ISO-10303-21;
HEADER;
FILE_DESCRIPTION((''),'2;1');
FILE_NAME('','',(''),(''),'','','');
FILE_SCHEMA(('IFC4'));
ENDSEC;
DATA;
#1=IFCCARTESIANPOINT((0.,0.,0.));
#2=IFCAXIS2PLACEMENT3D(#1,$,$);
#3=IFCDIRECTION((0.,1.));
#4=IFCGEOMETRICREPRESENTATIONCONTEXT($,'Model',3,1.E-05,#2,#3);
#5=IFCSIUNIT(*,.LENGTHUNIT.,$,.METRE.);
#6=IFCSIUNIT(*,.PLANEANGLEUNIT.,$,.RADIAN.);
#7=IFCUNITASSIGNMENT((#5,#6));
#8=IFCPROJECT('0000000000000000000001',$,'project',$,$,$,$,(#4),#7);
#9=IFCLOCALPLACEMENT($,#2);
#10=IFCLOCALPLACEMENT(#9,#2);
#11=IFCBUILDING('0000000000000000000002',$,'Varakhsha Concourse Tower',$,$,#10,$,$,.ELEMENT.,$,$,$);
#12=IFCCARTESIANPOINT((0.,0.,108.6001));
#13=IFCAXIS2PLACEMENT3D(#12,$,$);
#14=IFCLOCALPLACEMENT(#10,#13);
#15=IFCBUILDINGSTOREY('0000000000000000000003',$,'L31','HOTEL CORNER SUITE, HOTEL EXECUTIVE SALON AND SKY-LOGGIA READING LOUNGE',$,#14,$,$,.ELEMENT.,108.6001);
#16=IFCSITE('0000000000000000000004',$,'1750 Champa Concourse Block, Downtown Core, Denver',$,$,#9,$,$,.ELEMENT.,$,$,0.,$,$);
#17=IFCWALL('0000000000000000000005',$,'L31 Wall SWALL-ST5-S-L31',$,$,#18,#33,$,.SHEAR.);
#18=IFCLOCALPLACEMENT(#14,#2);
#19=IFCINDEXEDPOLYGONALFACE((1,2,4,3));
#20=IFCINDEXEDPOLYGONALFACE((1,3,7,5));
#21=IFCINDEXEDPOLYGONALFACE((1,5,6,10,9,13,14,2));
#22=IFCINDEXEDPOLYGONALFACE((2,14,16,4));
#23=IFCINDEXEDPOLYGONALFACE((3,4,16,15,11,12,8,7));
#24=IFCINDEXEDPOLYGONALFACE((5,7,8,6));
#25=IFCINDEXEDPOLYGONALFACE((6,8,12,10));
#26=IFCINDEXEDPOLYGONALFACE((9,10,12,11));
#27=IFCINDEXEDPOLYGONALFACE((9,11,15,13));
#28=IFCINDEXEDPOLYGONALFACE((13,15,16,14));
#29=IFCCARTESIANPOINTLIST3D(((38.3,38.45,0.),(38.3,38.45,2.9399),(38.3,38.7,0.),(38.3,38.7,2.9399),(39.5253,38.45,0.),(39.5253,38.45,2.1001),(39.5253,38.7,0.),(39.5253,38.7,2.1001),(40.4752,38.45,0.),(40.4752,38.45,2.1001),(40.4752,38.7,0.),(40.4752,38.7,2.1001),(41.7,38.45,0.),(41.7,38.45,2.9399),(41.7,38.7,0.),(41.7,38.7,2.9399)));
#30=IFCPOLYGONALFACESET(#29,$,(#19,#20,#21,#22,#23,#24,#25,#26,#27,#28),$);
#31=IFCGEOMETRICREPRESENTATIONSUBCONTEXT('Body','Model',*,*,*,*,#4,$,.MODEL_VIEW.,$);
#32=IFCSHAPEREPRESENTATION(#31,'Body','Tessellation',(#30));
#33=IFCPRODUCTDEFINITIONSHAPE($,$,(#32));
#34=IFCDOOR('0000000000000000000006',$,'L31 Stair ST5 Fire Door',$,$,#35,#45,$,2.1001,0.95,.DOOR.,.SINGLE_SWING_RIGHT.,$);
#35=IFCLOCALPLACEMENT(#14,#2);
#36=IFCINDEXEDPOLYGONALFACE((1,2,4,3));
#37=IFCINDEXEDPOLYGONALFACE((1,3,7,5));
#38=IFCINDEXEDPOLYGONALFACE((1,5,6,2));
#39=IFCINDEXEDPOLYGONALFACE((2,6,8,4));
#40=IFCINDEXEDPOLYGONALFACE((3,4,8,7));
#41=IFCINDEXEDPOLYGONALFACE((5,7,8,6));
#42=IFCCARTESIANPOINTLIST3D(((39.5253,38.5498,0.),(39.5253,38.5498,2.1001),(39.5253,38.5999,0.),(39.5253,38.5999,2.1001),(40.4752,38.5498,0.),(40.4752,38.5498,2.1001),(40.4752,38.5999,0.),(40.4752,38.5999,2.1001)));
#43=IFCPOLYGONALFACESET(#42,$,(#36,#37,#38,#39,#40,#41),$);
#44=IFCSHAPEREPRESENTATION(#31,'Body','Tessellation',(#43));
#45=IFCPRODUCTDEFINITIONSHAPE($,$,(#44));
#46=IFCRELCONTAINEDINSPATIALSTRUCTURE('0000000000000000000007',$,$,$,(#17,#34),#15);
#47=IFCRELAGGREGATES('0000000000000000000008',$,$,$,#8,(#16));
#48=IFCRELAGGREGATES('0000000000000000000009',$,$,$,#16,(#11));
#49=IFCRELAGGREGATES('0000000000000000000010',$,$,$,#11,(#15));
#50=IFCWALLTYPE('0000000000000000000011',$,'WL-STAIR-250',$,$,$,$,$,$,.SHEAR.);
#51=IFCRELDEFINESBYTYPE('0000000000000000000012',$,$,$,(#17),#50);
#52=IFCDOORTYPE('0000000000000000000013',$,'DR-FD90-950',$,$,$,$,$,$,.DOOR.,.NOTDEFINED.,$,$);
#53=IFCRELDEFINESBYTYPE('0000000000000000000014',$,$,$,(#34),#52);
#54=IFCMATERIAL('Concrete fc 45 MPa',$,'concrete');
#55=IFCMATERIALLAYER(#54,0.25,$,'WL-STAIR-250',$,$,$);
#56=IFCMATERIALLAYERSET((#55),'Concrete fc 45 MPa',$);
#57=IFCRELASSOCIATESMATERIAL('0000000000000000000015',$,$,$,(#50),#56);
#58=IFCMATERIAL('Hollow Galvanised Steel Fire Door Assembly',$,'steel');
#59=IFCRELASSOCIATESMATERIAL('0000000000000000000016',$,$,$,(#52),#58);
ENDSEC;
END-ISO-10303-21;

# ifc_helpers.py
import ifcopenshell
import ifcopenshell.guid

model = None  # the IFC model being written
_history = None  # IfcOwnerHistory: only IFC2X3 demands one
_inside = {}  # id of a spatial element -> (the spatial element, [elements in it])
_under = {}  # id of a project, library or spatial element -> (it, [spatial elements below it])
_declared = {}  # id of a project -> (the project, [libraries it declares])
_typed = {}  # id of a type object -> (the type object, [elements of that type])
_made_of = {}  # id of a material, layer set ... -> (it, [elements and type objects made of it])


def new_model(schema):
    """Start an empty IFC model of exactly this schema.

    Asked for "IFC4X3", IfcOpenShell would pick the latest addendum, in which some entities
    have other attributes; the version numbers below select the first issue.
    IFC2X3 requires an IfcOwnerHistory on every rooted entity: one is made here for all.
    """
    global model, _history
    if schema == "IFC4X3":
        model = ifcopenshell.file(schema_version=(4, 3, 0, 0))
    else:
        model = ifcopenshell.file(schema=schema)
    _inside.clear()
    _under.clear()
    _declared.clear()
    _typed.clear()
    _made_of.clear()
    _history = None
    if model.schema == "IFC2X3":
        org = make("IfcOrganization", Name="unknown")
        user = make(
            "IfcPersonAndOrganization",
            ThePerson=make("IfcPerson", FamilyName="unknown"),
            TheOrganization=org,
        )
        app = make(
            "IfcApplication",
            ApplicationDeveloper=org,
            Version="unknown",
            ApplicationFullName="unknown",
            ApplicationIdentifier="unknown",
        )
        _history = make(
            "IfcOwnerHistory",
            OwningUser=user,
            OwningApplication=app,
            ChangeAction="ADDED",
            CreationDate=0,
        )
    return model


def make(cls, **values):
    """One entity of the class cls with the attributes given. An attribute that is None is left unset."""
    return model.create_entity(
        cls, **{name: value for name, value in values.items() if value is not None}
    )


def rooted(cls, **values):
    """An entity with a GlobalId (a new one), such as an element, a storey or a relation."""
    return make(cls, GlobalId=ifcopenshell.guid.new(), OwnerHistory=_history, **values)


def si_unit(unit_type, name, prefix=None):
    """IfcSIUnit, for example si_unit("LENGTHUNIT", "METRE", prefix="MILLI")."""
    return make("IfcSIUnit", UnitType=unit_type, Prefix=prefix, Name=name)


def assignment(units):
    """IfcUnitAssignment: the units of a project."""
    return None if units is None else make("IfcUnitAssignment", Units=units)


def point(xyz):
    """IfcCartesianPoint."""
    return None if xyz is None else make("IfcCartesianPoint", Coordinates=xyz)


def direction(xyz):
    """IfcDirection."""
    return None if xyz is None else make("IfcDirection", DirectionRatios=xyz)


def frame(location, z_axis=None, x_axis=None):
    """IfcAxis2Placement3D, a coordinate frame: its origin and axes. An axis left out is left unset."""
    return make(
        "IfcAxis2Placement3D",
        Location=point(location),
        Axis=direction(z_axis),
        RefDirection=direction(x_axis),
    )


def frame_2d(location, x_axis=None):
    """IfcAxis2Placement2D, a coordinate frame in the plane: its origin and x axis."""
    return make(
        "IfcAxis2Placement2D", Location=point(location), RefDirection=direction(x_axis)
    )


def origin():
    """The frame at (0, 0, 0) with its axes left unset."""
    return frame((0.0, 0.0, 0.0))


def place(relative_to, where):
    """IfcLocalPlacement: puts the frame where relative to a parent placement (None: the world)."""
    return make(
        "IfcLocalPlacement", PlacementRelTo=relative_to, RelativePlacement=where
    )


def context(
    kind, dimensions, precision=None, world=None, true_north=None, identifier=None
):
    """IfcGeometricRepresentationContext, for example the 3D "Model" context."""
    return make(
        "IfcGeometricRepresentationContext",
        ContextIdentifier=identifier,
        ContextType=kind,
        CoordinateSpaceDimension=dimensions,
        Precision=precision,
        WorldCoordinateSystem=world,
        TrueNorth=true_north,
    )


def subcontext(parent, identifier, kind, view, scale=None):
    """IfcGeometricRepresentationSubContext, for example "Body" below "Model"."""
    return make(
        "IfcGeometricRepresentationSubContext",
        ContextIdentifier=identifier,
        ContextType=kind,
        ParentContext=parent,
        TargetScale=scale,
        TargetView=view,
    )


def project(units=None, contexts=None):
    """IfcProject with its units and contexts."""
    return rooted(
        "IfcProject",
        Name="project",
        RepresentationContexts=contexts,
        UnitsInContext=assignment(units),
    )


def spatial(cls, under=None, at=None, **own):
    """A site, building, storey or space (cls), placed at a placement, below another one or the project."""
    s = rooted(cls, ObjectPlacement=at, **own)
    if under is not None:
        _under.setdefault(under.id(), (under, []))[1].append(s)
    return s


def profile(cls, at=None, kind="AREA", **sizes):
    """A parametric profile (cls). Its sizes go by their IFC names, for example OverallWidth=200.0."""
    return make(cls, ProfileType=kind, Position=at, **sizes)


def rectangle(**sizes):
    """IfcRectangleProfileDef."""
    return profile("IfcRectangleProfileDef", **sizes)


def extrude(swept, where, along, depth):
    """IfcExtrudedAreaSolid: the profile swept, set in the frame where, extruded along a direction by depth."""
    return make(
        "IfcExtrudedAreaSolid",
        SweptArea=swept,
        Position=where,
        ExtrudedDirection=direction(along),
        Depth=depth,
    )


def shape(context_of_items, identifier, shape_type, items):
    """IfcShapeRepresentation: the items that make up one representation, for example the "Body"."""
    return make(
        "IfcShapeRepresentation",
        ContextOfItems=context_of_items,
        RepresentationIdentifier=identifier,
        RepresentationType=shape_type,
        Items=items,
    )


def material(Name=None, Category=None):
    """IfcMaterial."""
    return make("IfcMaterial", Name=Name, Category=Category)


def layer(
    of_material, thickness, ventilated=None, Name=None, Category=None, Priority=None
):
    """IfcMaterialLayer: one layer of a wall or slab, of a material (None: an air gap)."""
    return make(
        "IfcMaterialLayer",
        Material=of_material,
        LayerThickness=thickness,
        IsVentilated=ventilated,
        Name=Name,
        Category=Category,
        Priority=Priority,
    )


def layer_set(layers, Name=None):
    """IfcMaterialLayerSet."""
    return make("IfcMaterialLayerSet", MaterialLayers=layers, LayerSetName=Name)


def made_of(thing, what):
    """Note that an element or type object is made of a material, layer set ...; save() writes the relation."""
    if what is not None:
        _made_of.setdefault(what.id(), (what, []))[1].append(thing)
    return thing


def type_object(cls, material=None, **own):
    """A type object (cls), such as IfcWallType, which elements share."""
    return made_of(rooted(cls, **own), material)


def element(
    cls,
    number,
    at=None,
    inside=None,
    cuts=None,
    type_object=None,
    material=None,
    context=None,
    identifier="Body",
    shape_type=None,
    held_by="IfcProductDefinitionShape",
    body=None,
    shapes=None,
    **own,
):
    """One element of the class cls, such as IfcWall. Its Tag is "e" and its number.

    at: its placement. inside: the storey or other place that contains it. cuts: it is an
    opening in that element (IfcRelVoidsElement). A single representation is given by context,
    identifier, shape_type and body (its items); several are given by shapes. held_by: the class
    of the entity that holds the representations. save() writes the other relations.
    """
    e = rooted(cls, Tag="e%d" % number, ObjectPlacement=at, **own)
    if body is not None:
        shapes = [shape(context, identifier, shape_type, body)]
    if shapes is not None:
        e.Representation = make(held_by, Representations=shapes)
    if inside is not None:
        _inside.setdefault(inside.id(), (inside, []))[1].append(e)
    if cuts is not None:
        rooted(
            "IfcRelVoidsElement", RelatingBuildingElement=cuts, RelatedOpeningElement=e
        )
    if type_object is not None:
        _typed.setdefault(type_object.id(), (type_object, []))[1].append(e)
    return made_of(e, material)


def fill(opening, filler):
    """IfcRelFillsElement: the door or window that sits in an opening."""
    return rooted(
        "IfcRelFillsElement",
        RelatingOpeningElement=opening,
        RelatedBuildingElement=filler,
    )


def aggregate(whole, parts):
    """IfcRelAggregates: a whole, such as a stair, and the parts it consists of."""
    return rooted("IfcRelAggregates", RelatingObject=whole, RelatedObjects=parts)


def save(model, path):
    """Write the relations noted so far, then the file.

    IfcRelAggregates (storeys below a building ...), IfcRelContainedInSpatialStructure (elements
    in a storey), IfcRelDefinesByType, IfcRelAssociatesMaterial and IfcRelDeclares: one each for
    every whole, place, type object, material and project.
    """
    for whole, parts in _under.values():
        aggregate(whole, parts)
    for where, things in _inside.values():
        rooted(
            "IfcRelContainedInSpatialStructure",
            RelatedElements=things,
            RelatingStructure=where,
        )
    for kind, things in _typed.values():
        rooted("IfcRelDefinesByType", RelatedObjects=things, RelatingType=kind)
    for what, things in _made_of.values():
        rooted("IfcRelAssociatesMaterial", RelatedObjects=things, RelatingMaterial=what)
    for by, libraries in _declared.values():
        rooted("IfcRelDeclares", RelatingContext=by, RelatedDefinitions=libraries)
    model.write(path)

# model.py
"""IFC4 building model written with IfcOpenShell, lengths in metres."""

from ifc_helpers import new_model, si_unit, direction, frame, frame_2d, origin, place, context, subcontext, project, spatial, rectangle, extrude, material, layer, layer_set, type_object, element, fill, save


model = new_model("IFC4")

# Units and contexts
model_context = context("Model", 3, precision=1e-05, world=origin(), true_north=direction((0.0, 1.0)))
body_context = subcontext(model_context, "Body", "Model", "MODEL_VIEW")
ifc_project = project(units=[si_unit("LENGTHUNIT", "METRE"), si_unit("PLANEANGLEUNIT", "RADIAN")], contexts=[model_context])

# Site, building, storey
site_placement = place(None, origin())
site = spatial("IfcSite", under=ifc_project, at=site_placement, Name="1750 Champa Concourse Block, Downtown Core, Denver", CompositionType="ELEMENT", RefElevation=0.0)
building_placement = place(site_placement, origin())
building = spatial("IfcBuilding", under=site, at=building_placement, Name="Varakhsha Concourse Tower", CompositionType="ELEMENT")
storey_placement = place(building_placement, frame((0.0, 0.0, 108.6001)))
storey = spatial("IfcBuildingStorey", under=building, at=storey_placement, Name="L31", Description="HOTEL CORNER SUITE, HOTEL EXECUTIVE SALON AND SKY-LOGGIA READING LOUNGE", CompositionType="ELEMENT", Elevation=108.6001)

# Shared definitions
ifc_material_1 = material(Name="Hollow Galvanised Steel Fire Door Assembly", Category="steel")

# Shared definitions
ifc_material_2 = material(Name="Concrete fc 45 MPa", Category="concrete")
ifc_layer_1 = layer(ifc_material_2, 0.25, Name="WL-STAIR-250")
ifc_layer_set_1 = layer_set([ifc_layer_1], Name="Concrete fc 45 MPa")
wall_type_1 = type_object("IfcWallType", Name="WL-STAIR-250", PredefinedType="SHEAR", material=ifc_layer_set_1)

# Wall, opening, door
wall_1_placement = place(storey_placement, frame((38.3, 38.575, 0.0), z_axis=(0.0, 0.0, 1.0), x_axis=(1.0, 0.0, 0.0)))
wall_1 = element("IfcWall", 1, at=wall_1_placement, inside=storey, type_object=wall_type_1, Name="L31 Wall SWALL-ST5-S-L31", PredefinedType="SHEAR", context=body_context, shape_type="SweptSolid", body=[
    extrude(rectangle(XDim=3.3999, YDim=0.25, at=frame_2d((1.7, 0.0))), origin(), (0.0, 0.0, 1.0), 2.9399),
])
opening_1_placement = place(wall_1_placement, frame((1.2251, 0.0, 0.0)))
opening_1 = element("IfcOpeningElement", 2, at=opening_1_placement, cuts=wall_1, PredefinedType="OPENING", context=body_context, shape_type="SweptSolid", body=[
    extrude(rectangle(XDim=0.95, YDim=2.1001, at=frame_2d((0.4751, 1.05))), frame((0.0, 0.135, 0.0), z_axis=(0.0, -1.0, 0.0), x_axis=(1.0, 0.0, 0.0)), (0.0, 0.0, 1.0), 0.27),
])
door_type_1 = type_object("IfcDoorType", Name="DR-FD90-950", OperationType="NOTDEFINED", PredefinedType="DOOR", material=ifc_material_1)
door_1_placement = place(opening_1_placement, origin())
door_1 = element("IfcDoor", 3, at=door_1_placement, inside=storey, type_object=door_type_1, Name="L31 Stair ST5 Fire Door", OperationType="SINGLE_SWING_RIGHT", OverallHeight=2.1001, OverallWidth=0.95, PredefinedType="DOOR", context=body_context, shape_type="SweptSolid", body=[
    extrude(rectangle(XDim=0.95, YDim=2.1001, at=frame_2d((0.4751, 1.05))), frame((0.0, 0.0249, 0.0), z_axis=(0.0, -1.0, 0.0), x_axis=(1.0, 0.0, 0.0)), (0.0, 0.0, 1.0), 0.05),
])
fill(opening_1, door_1)

save(model, "model.ifc")
